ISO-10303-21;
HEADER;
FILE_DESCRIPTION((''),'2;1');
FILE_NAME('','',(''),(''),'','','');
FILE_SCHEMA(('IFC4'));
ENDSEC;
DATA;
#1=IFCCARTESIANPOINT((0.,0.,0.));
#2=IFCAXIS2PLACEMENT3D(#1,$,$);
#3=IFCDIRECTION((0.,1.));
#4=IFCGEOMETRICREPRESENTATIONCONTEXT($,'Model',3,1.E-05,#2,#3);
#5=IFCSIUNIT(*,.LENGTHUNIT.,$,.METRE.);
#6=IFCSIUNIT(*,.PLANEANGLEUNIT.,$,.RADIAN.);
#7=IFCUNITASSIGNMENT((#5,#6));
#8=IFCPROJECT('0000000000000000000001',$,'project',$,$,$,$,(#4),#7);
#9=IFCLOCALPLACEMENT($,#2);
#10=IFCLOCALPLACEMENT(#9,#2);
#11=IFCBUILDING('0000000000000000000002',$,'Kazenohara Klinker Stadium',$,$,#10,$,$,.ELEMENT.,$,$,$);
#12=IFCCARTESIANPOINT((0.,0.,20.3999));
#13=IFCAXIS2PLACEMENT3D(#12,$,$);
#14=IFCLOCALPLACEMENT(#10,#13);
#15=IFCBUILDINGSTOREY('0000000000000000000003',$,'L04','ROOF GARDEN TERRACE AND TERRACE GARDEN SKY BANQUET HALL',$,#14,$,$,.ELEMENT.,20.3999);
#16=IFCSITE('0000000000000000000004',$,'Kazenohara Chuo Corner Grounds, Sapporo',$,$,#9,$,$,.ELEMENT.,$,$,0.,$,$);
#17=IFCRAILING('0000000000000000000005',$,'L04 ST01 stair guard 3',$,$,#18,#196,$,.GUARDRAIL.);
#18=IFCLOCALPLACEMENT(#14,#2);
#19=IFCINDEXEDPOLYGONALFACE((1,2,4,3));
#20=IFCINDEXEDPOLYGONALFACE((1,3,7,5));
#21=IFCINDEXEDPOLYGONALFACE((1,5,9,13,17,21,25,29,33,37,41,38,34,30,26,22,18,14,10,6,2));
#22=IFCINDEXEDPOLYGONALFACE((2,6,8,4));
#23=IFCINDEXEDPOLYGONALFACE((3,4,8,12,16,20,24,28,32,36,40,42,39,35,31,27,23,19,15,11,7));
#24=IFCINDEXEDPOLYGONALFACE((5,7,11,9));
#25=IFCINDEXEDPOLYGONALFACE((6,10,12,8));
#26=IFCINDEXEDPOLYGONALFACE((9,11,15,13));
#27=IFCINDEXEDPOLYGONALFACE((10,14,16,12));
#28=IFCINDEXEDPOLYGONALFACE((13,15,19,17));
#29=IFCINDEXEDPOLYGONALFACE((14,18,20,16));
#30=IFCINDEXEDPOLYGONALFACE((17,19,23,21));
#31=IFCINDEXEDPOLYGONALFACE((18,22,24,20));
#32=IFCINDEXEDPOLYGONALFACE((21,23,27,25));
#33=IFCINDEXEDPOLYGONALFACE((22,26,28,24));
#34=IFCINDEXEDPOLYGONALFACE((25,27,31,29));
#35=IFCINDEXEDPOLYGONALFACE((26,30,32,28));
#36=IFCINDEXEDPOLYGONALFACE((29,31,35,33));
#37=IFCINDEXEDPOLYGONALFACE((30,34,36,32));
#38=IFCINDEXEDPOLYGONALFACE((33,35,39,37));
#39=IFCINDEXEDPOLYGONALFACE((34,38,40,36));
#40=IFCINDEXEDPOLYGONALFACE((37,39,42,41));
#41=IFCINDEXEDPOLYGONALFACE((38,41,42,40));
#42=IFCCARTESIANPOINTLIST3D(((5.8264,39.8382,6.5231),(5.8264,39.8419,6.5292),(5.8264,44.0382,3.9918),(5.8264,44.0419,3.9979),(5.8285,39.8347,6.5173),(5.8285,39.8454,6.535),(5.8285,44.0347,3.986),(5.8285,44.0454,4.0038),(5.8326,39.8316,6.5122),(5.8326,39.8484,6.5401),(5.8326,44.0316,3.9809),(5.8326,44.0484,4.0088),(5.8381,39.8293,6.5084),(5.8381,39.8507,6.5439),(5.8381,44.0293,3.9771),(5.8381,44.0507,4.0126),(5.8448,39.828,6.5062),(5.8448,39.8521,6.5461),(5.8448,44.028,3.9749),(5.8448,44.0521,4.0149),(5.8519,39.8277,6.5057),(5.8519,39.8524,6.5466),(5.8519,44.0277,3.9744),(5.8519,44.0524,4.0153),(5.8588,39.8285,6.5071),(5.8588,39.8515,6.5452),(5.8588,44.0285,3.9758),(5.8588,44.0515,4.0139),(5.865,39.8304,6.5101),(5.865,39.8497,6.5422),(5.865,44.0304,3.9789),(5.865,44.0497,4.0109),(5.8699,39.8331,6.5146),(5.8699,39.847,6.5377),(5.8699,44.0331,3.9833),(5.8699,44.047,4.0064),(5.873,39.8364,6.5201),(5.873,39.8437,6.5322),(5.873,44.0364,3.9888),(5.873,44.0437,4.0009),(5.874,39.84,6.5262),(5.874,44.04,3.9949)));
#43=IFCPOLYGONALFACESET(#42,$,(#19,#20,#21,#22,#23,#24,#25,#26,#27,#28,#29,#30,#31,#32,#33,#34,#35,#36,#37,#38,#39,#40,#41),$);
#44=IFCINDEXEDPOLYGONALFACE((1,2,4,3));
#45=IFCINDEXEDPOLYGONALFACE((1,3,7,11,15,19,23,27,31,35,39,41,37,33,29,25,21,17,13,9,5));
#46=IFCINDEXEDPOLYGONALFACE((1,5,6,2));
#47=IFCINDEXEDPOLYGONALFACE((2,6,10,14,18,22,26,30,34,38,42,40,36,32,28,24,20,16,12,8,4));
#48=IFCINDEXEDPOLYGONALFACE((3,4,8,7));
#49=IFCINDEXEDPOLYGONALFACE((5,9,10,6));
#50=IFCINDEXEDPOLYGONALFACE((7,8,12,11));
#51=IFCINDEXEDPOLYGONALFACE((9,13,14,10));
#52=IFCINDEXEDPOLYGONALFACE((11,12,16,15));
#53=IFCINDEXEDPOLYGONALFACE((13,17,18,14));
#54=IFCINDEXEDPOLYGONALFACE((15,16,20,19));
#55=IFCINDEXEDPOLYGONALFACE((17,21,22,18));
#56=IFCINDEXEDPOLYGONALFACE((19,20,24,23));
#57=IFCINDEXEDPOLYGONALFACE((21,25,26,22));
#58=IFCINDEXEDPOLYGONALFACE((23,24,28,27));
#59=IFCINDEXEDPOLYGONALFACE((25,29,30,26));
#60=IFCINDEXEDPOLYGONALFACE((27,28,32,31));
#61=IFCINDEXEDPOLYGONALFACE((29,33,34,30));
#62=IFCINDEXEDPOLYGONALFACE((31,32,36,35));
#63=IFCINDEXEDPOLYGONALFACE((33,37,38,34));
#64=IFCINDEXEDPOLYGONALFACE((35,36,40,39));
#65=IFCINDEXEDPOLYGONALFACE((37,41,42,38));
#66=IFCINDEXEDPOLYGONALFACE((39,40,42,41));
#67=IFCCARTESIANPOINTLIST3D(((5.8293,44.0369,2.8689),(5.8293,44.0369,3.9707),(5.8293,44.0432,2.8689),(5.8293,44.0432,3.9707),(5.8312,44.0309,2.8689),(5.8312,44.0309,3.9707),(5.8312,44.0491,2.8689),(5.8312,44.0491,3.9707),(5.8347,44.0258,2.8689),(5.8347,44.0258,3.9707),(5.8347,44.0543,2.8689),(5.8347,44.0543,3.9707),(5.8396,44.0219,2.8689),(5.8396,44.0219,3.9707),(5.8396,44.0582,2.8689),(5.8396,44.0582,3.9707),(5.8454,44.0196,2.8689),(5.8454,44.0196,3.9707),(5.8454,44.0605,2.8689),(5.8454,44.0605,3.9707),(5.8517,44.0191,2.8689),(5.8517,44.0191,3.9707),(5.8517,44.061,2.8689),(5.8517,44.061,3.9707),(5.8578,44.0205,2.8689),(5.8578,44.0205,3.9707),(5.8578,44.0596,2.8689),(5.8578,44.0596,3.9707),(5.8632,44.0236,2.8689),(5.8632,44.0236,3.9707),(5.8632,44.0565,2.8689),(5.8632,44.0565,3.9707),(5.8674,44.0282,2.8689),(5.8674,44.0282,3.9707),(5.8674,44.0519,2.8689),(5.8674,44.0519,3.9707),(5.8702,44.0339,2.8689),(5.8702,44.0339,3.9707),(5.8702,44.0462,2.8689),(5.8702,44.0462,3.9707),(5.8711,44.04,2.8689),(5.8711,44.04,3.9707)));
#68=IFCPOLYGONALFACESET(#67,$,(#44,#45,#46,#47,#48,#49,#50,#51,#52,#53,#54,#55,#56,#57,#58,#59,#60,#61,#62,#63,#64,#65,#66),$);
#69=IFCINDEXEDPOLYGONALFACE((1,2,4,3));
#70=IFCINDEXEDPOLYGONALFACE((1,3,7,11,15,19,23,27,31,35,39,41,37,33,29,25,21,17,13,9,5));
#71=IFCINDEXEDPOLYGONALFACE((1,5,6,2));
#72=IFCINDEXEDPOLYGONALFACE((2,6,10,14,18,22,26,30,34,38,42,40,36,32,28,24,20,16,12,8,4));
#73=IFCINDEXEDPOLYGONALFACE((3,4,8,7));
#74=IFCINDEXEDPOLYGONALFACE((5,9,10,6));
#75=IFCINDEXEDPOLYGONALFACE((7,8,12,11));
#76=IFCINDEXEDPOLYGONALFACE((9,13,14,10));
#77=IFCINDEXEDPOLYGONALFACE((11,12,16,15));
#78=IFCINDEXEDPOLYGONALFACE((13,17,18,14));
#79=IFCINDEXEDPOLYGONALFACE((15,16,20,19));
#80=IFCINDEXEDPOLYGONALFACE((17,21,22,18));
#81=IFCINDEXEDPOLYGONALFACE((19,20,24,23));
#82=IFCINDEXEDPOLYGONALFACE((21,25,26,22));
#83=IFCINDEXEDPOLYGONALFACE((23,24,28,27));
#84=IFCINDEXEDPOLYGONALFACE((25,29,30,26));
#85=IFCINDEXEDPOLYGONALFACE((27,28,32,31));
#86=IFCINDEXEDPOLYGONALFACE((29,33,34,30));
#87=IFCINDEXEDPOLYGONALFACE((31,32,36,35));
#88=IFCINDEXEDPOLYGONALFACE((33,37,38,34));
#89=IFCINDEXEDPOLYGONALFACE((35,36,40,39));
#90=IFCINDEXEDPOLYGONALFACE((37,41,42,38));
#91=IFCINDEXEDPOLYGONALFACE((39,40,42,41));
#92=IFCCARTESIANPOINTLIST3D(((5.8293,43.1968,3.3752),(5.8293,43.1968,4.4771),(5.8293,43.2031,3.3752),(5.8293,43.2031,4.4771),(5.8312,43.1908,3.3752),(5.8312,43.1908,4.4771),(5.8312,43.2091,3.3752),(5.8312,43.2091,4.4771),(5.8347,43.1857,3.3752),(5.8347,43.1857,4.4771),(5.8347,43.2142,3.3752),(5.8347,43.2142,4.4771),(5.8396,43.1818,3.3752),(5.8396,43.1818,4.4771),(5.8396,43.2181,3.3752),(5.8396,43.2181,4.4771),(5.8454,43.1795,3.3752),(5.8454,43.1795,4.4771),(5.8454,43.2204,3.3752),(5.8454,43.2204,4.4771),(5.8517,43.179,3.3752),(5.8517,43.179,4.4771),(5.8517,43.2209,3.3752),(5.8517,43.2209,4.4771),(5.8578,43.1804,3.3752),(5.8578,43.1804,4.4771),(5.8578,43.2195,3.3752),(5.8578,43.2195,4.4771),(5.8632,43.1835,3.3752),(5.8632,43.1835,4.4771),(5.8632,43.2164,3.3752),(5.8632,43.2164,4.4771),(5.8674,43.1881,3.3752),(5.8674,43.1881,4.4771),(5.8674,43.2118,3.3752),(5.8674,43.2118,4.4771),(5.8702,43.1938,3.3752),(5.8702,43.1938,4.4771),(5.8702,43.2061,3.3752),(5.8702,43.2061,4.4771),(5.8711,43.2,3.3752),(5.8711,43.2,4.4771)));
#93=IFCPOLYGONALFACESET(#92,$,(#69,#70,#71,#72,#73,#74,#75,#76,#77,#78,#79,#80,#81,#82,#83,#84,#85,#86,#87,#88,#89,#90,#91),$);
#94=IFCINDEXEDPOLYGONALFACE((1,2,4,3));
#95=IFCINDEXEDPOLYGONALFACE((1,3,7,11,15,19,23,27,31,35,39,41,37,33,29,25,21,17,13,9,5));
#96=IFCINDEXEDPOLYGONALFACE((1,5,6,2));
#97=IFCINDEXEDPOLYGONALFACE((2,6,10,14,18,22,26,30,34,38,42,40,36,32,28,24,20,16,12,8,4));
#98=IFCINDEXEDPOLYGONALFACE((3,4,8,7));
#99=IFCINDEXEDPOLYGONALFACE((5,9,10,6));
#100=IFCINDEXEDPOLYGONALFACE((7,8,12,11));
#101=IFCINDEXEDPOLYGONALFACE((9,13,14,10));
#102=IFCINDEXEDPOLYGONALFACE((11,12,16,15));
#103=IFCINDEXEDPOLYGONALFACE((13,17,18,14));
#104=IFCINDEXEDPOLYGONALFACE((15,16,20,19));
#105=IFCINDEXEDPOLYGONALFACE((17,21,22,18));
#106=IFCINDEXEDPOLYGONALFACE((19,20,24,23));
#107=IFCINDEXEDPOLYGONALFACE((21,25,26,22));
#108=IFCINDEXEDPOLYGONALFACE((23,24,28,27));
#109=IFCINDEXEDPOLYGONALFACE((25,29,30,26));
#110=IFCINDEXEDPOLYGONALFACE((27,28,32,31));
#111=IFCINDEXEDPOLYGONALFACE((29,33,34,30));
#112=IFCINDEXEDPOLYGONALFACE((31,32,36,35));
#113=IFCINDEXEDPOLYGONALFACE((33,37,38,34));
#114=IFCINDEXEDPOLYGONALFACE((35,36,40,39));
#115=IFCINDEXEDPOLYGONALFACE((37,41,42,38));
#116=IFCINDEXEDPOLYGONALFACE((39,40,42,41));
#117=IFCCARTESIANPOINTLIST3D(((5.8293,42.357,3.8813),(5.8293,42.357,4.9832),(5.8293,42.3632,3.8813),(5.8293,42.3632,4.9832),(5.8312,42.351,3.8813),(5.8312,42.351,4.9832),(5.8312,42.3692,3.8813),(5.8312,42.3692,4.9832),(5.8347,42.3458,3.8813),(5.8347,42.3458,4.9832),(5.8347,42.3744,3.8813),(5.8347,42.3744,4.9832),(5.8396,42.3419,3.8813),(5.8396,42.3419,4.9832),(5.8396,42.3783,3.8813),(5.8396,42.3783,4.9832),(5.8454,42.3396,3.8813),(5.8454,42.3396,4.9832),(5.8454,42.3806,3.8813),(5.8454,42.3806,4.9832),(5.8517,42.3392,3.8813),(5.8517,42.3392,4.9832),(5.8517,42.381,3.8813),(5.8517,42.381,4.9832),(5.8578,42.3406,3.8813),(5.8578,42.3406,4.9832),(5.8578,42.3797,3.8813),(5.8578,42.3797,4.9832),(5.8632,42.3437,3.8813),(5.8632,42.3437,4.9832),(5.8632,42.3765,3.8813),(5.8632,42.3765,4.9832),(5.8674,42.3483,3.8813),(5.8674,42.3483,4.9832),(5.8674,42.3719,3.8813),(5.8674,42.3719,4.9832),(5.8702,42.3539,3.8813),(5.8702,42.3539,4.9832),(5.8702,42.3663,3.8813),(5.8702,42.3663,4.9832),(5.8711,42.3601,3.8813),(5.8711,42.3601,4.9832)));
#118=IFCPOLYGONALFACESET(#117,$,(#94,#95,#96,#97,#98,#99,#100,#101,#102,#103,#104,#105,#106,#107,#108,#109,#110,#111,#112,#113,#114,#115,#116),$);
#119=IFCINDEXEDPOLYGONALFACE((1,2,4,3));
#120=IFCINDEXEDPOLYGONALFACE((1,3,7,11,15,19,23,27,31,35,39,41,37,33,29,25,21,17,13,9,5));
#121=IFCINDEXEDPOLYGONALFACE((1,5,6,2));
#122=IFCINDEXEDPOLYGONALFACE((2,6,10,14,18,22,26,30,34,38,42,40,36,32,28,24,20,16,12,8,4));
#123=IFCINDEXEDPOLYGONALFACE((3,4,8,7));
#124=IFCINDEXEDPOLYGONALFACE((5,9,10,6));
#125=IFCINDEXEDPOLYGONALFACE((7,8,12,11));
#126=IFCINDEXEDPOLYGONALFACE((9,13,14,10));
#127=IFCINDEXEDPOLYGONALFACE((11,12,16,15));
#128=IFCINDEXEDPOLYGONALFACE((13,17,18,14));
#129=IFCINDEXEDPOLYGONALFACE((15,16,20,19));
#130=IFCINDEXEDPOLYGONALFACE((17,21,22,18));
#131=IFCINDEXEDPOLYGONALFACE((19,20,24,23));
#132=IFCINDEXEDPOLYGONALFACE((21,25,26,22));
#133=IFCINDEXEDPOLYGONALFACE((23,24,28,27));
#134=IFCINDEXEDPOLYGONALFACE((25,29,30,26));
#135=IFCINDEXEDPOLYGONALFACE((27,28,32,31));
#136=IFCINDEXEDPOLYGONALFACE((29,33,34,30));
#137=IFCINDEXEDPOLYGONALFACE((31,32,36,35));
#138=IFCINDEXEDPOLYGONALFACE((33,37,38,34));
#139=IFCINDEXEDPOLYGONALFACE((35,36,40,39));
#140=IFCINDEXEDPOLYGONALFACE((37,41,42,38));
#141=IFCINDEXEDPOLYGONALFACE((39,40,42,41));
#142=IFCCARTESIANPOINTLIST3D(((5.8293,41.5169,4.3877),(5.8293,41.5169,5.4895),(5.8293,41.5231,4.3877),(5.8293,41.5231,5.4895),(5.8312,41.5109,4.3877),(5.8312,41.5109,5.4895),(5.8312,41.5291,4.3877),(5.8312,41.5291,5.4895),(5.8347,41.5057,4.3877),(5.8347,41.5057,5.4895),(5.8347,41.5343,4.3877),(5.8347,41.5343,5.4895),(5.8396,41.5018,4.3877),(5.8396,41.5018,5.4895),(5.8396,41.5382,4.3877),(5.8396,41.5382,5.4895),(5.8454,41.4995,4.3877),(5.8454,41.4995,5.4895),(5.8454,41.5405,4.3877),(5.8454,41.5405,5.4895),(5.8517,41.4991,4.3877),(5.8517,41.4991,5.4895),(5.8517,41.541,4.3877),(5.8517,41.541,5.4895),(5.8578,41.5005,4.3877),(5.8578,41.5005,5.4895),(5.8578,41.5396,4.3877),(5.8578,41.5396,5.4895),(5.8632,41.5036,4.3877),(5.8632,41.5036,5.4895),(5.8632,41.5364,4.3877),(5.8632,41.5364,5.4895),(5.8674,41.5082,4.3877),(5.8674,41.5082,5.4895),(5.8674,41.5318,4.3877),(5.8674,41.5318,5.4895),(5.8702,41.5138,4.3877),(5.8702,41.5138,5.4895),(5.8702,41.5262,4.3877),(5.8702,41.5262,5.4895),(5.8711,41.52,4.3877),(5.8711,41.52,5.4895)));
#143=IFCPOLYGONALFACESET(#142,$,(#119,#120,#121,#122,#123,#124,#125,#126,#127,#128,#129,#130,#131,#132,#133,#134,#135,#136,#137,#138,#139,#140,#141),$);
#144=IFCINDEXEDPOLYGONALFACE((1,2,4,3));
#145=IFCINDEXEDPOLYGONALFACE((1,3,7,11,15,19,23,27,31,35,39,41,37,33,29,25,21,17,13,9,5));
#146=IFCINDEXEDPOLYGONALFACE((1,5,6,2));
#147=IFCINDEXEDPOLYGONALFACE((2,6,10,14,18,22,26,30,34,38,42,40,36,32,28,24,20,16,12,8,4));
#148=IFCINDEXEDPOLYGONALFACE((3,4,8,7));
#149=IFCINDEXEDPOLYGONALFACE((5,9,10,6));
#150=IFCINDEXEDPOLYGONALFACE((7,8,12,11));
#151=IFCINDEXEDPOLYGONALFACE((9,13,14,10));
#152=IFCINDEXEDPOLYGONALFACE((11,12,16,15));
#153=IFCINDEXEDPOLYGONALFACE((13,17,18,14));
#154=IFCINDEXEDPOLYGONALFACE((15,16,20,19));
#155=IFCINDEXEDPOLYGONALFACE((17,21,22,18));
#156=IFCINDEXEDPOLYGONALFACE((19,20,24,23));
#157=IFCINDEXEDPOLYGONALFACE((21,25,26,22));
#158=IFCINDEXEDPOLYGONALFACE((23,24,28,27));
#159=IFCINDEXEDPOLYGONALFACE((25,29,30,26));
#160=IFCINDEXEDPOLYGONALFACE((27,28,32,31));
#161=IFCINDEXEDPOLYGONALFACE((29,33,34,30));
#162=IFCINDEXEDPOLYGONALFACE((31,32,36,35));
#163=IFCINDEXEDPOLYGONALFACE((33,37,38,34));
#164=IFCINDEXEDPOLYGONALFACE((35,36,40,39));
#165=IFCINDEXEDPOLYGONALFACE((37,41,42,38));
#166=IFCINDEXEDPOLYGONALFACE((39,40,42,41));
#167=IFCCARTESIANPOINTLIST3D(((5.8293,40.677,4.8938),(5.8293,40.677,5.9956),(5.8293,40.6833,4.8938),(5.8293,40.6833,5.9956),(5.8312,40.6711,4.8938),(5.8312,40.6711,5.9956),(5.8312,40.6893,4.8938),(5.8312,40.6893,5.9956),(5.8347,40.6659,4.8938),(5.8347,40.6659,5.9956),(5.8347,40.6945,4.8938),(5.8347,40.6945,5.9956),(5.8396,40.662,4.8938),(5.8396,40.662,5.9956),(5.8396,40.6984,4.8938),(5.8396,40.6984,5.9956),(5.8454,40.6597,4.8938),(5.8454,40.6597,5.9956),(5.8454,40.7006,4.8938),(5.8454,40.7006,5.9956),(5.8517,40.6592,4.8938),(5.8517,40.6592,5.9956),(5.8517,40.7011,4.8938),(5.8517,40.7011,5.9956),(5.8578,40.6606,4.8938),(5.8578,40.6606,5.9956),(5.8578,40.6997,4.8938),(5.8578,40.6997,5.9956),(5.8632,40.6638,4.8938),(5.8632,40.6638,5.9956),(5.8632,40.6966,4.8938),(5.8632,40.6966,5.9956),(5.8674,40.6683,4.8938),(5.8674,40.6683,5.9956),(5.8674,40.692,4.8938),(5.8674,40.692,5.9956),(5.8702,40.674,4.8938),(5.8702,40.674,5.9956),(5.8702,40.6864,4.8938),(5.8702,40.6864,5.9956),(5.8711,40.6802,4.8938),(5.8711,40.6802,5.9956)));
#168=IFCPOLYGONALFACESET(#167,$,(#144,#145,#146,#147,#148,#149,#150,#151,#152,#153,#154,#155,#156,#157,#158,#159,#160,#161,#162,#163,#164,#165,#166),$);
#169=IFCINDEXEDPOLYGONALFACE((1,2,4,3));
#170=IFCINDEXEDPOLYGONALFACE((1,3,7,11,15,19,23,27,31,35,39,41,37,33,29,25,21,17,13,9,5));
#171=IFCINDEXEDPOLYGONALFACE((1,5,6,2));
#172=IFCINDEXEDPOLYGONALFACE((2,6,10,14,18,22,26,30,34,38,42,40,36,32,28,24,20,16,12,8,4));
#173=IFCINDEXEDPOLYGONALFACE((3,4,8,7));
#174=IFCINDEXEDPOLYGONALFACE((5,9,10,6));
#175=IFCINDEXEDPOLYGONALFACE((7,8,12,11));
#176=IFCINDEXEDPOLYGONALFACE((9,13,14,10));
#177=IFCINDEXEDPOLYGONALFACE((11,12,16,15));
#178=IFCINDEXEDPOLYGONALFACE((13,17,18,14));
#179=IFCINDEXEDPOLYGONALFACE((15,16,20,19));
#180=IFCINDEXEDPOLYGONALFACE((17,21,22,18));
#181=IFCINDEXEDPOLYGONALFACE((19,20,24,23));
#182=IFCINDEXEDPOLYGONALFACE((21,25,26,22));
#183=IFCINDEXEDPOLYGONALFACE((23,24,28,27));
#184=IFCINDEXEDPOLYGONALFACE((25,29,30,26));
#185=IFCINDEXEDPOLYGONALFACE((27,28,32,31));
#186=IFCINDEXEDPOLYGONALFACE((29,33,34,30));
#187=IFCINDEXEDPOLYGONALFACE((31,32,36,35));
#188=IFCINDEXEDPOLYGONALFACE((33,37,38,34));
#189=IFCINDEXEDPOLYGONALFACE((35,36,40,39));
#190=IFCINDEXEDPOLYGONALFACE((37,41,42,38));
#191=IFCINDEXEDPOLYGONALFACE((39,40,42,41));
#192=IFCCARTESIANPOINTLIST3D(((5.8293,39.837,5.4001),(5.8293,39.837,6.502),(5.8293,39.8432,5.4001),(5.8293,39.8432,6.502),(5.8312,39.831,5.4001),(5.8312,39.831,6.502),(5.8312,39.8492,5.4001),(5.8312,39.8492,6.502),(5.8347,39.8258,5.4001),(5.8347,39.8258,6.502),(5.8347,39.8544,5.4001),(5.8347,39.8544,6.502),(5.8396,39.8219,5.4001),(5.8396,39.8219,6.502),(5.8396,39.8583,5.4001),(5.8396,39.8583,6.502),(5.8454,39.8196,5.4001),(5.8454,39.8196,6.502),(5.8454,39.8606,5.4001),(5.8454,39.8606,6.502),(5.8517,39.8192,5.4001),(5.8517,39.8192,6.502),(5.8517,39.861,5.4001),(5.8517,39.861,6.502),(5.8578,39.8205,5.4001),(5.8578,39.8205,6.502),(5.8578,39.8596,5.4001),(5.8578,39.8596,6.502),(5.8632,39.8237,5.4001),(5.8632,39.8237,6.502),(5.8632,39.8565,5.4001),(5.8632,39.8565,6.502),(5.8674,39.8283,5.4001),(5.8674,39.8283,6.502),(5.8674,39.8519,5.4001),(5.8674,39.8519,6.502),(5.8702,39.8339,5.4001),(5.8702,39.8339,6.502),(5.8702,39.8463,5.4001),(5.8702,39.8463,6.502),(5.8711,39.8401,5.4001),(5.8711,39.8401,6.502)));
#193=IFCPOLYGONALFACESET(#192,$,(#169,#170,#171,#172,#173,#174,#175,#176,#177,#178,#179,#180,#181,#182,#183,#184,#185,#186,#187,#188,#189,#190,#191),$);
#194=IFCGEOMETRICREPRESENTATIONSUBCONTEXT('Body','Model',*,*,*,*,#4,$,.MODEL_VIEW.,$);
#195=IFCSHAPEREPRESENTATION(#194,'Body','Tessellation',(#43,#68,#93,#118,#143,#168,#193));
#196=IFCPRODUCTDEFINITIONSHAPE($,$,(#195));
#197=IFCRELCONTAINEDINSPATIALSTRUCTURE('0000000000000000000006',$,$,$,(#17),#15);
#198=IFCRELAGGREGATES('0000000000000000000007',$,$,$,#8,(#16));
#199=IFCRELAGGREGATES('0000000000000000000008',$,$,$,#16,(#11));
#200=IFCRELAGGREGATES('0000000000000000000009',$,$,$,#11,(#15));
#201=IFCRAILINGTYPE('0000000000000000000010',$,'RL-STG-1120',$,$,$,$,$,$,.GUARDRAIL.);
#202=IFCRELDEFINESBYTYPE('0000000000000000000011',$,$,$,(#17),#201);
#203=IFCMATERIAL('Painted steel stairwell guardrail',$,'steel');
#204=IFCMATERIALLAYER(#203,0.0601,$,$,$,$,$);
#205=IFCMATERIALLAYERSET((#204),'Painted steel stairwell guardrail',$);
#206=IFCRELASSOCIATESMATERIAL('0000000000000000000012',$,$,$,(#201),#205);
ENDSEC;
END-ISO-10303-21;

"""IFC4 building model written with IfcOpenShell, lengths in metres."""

from ifc_helpers import new_model, si_unit, direction, frame, origin, origin_2d, place, context, subcontext, project, spatial, circle, extrude, material, layer, layer_set, type_object, element, save


model = new_model("IFC4")

# Units and contexts
model_context = context("Model", 3, precision=1e-05, world=origin(), true_north=direction((0.0, 1.0)))
body_context = subcontext(model_context, "Body", "Model", "MODEL_VIEW")
ifc_project = project(units=[si_unit("LENGTHUNIT", "METRE"), si_unit("PLANEANGLEUNIT", "RADIAN")], contexts=[model_context])

# Site, building, storey
site_placement = place(None, origin())
site = spatial("IfcSite", under=ifc_project, at=site_placement, Name="Kazenohara Chuo Corner Grounds, Sapporo", CompositionType="ELEMENT", RefElevation=0.0)
building_placement = place(site_placement, origin())
building = spatial("IfcBuilding", under=site, at=building_placement, Name="Kazenohara Klinker Stadium", CompositionType="ELEMENT")
storey_placement = place(building_placement, frame((0.0, 0.0, 20.3999)))
storey = spatial("IfcBuildingStorey", under=building, at=storey_placement, Name="L04", Description="ROOF GARDEN TERRACE AND TERRACE GARDEN SKY BANQUET HALL", CompositionType="ELEMENT", Elevation=20.3999)

# Railing
ifc_material_1 = material(Name="Painted steel stairwell guardrail", Category="steel")
ifc_layer_1 = layer(ifc_material_1, 0.0601)
ifc_layer_set_1 = layer_set([ifc_layer_1], Name="Painted steel stairwell guardrail")
railing_type_1 = type_object("IfcRailingType", Name="RL-STG-1120", PredefinedType="GUARDRAIL", material=ifc_layer_set_1)
railing_1_placement = place(storey_placement, frame((5.8501, 44.04, 2.8689)))
element("IfcRailing", 1, at=railing_1_placement, inside=storey, type_object=railing_type_1, Name="L04 ST01 stair guard 3", PredefinedType="GUARDRAIL", context=body_context, shape_type="SweptSolid", body=[
    extrude(circle(Radius=0.0239, at=origin_2d()), frame((0.0, 0.0, 1.126), z_axis=(0.0, -0.856476, 0.516186), x_axis=(1.0, 0.0, 0.0)), (0.0, 0.0, 1.0), 4.9038),
    extrude(circle(Radius=0.021, at=origin_2d()), origin(), (0.0, 0.0, 1.0), 1.1018),
    extrude(circle(Radius=0.021, at=origin_2d()), frame((0.0, -0.8401, 0.5063)), (0.0, 0.0, 1.0), 1.1018),
    extrude(circle(Radius=0.021, at=origin_2d()), frame((0.0, -1.6799, 1.0125)), (0.0, 0.0, 1.0), 1.1018),
    extrude(circle(Radius=0.021, at=origin_2d()), frame((0.0, -2.52, 1.5188)), (0.0, 0.0, 1.0), 1.1018),
    extrude(circle(Radius=0.021, at=origin_2d()), frame((0.0, -3.3599, 2.0249)), (0.0, 0.0, 1.0), 1.1018),
    extrude(circle(Radius=0.021, at=origin_2d()), frame((0.0, -4.2, 2.5312)), (0.0, 0.0, 1.0), 1.1018),
])

save(model, "model.ifc")
